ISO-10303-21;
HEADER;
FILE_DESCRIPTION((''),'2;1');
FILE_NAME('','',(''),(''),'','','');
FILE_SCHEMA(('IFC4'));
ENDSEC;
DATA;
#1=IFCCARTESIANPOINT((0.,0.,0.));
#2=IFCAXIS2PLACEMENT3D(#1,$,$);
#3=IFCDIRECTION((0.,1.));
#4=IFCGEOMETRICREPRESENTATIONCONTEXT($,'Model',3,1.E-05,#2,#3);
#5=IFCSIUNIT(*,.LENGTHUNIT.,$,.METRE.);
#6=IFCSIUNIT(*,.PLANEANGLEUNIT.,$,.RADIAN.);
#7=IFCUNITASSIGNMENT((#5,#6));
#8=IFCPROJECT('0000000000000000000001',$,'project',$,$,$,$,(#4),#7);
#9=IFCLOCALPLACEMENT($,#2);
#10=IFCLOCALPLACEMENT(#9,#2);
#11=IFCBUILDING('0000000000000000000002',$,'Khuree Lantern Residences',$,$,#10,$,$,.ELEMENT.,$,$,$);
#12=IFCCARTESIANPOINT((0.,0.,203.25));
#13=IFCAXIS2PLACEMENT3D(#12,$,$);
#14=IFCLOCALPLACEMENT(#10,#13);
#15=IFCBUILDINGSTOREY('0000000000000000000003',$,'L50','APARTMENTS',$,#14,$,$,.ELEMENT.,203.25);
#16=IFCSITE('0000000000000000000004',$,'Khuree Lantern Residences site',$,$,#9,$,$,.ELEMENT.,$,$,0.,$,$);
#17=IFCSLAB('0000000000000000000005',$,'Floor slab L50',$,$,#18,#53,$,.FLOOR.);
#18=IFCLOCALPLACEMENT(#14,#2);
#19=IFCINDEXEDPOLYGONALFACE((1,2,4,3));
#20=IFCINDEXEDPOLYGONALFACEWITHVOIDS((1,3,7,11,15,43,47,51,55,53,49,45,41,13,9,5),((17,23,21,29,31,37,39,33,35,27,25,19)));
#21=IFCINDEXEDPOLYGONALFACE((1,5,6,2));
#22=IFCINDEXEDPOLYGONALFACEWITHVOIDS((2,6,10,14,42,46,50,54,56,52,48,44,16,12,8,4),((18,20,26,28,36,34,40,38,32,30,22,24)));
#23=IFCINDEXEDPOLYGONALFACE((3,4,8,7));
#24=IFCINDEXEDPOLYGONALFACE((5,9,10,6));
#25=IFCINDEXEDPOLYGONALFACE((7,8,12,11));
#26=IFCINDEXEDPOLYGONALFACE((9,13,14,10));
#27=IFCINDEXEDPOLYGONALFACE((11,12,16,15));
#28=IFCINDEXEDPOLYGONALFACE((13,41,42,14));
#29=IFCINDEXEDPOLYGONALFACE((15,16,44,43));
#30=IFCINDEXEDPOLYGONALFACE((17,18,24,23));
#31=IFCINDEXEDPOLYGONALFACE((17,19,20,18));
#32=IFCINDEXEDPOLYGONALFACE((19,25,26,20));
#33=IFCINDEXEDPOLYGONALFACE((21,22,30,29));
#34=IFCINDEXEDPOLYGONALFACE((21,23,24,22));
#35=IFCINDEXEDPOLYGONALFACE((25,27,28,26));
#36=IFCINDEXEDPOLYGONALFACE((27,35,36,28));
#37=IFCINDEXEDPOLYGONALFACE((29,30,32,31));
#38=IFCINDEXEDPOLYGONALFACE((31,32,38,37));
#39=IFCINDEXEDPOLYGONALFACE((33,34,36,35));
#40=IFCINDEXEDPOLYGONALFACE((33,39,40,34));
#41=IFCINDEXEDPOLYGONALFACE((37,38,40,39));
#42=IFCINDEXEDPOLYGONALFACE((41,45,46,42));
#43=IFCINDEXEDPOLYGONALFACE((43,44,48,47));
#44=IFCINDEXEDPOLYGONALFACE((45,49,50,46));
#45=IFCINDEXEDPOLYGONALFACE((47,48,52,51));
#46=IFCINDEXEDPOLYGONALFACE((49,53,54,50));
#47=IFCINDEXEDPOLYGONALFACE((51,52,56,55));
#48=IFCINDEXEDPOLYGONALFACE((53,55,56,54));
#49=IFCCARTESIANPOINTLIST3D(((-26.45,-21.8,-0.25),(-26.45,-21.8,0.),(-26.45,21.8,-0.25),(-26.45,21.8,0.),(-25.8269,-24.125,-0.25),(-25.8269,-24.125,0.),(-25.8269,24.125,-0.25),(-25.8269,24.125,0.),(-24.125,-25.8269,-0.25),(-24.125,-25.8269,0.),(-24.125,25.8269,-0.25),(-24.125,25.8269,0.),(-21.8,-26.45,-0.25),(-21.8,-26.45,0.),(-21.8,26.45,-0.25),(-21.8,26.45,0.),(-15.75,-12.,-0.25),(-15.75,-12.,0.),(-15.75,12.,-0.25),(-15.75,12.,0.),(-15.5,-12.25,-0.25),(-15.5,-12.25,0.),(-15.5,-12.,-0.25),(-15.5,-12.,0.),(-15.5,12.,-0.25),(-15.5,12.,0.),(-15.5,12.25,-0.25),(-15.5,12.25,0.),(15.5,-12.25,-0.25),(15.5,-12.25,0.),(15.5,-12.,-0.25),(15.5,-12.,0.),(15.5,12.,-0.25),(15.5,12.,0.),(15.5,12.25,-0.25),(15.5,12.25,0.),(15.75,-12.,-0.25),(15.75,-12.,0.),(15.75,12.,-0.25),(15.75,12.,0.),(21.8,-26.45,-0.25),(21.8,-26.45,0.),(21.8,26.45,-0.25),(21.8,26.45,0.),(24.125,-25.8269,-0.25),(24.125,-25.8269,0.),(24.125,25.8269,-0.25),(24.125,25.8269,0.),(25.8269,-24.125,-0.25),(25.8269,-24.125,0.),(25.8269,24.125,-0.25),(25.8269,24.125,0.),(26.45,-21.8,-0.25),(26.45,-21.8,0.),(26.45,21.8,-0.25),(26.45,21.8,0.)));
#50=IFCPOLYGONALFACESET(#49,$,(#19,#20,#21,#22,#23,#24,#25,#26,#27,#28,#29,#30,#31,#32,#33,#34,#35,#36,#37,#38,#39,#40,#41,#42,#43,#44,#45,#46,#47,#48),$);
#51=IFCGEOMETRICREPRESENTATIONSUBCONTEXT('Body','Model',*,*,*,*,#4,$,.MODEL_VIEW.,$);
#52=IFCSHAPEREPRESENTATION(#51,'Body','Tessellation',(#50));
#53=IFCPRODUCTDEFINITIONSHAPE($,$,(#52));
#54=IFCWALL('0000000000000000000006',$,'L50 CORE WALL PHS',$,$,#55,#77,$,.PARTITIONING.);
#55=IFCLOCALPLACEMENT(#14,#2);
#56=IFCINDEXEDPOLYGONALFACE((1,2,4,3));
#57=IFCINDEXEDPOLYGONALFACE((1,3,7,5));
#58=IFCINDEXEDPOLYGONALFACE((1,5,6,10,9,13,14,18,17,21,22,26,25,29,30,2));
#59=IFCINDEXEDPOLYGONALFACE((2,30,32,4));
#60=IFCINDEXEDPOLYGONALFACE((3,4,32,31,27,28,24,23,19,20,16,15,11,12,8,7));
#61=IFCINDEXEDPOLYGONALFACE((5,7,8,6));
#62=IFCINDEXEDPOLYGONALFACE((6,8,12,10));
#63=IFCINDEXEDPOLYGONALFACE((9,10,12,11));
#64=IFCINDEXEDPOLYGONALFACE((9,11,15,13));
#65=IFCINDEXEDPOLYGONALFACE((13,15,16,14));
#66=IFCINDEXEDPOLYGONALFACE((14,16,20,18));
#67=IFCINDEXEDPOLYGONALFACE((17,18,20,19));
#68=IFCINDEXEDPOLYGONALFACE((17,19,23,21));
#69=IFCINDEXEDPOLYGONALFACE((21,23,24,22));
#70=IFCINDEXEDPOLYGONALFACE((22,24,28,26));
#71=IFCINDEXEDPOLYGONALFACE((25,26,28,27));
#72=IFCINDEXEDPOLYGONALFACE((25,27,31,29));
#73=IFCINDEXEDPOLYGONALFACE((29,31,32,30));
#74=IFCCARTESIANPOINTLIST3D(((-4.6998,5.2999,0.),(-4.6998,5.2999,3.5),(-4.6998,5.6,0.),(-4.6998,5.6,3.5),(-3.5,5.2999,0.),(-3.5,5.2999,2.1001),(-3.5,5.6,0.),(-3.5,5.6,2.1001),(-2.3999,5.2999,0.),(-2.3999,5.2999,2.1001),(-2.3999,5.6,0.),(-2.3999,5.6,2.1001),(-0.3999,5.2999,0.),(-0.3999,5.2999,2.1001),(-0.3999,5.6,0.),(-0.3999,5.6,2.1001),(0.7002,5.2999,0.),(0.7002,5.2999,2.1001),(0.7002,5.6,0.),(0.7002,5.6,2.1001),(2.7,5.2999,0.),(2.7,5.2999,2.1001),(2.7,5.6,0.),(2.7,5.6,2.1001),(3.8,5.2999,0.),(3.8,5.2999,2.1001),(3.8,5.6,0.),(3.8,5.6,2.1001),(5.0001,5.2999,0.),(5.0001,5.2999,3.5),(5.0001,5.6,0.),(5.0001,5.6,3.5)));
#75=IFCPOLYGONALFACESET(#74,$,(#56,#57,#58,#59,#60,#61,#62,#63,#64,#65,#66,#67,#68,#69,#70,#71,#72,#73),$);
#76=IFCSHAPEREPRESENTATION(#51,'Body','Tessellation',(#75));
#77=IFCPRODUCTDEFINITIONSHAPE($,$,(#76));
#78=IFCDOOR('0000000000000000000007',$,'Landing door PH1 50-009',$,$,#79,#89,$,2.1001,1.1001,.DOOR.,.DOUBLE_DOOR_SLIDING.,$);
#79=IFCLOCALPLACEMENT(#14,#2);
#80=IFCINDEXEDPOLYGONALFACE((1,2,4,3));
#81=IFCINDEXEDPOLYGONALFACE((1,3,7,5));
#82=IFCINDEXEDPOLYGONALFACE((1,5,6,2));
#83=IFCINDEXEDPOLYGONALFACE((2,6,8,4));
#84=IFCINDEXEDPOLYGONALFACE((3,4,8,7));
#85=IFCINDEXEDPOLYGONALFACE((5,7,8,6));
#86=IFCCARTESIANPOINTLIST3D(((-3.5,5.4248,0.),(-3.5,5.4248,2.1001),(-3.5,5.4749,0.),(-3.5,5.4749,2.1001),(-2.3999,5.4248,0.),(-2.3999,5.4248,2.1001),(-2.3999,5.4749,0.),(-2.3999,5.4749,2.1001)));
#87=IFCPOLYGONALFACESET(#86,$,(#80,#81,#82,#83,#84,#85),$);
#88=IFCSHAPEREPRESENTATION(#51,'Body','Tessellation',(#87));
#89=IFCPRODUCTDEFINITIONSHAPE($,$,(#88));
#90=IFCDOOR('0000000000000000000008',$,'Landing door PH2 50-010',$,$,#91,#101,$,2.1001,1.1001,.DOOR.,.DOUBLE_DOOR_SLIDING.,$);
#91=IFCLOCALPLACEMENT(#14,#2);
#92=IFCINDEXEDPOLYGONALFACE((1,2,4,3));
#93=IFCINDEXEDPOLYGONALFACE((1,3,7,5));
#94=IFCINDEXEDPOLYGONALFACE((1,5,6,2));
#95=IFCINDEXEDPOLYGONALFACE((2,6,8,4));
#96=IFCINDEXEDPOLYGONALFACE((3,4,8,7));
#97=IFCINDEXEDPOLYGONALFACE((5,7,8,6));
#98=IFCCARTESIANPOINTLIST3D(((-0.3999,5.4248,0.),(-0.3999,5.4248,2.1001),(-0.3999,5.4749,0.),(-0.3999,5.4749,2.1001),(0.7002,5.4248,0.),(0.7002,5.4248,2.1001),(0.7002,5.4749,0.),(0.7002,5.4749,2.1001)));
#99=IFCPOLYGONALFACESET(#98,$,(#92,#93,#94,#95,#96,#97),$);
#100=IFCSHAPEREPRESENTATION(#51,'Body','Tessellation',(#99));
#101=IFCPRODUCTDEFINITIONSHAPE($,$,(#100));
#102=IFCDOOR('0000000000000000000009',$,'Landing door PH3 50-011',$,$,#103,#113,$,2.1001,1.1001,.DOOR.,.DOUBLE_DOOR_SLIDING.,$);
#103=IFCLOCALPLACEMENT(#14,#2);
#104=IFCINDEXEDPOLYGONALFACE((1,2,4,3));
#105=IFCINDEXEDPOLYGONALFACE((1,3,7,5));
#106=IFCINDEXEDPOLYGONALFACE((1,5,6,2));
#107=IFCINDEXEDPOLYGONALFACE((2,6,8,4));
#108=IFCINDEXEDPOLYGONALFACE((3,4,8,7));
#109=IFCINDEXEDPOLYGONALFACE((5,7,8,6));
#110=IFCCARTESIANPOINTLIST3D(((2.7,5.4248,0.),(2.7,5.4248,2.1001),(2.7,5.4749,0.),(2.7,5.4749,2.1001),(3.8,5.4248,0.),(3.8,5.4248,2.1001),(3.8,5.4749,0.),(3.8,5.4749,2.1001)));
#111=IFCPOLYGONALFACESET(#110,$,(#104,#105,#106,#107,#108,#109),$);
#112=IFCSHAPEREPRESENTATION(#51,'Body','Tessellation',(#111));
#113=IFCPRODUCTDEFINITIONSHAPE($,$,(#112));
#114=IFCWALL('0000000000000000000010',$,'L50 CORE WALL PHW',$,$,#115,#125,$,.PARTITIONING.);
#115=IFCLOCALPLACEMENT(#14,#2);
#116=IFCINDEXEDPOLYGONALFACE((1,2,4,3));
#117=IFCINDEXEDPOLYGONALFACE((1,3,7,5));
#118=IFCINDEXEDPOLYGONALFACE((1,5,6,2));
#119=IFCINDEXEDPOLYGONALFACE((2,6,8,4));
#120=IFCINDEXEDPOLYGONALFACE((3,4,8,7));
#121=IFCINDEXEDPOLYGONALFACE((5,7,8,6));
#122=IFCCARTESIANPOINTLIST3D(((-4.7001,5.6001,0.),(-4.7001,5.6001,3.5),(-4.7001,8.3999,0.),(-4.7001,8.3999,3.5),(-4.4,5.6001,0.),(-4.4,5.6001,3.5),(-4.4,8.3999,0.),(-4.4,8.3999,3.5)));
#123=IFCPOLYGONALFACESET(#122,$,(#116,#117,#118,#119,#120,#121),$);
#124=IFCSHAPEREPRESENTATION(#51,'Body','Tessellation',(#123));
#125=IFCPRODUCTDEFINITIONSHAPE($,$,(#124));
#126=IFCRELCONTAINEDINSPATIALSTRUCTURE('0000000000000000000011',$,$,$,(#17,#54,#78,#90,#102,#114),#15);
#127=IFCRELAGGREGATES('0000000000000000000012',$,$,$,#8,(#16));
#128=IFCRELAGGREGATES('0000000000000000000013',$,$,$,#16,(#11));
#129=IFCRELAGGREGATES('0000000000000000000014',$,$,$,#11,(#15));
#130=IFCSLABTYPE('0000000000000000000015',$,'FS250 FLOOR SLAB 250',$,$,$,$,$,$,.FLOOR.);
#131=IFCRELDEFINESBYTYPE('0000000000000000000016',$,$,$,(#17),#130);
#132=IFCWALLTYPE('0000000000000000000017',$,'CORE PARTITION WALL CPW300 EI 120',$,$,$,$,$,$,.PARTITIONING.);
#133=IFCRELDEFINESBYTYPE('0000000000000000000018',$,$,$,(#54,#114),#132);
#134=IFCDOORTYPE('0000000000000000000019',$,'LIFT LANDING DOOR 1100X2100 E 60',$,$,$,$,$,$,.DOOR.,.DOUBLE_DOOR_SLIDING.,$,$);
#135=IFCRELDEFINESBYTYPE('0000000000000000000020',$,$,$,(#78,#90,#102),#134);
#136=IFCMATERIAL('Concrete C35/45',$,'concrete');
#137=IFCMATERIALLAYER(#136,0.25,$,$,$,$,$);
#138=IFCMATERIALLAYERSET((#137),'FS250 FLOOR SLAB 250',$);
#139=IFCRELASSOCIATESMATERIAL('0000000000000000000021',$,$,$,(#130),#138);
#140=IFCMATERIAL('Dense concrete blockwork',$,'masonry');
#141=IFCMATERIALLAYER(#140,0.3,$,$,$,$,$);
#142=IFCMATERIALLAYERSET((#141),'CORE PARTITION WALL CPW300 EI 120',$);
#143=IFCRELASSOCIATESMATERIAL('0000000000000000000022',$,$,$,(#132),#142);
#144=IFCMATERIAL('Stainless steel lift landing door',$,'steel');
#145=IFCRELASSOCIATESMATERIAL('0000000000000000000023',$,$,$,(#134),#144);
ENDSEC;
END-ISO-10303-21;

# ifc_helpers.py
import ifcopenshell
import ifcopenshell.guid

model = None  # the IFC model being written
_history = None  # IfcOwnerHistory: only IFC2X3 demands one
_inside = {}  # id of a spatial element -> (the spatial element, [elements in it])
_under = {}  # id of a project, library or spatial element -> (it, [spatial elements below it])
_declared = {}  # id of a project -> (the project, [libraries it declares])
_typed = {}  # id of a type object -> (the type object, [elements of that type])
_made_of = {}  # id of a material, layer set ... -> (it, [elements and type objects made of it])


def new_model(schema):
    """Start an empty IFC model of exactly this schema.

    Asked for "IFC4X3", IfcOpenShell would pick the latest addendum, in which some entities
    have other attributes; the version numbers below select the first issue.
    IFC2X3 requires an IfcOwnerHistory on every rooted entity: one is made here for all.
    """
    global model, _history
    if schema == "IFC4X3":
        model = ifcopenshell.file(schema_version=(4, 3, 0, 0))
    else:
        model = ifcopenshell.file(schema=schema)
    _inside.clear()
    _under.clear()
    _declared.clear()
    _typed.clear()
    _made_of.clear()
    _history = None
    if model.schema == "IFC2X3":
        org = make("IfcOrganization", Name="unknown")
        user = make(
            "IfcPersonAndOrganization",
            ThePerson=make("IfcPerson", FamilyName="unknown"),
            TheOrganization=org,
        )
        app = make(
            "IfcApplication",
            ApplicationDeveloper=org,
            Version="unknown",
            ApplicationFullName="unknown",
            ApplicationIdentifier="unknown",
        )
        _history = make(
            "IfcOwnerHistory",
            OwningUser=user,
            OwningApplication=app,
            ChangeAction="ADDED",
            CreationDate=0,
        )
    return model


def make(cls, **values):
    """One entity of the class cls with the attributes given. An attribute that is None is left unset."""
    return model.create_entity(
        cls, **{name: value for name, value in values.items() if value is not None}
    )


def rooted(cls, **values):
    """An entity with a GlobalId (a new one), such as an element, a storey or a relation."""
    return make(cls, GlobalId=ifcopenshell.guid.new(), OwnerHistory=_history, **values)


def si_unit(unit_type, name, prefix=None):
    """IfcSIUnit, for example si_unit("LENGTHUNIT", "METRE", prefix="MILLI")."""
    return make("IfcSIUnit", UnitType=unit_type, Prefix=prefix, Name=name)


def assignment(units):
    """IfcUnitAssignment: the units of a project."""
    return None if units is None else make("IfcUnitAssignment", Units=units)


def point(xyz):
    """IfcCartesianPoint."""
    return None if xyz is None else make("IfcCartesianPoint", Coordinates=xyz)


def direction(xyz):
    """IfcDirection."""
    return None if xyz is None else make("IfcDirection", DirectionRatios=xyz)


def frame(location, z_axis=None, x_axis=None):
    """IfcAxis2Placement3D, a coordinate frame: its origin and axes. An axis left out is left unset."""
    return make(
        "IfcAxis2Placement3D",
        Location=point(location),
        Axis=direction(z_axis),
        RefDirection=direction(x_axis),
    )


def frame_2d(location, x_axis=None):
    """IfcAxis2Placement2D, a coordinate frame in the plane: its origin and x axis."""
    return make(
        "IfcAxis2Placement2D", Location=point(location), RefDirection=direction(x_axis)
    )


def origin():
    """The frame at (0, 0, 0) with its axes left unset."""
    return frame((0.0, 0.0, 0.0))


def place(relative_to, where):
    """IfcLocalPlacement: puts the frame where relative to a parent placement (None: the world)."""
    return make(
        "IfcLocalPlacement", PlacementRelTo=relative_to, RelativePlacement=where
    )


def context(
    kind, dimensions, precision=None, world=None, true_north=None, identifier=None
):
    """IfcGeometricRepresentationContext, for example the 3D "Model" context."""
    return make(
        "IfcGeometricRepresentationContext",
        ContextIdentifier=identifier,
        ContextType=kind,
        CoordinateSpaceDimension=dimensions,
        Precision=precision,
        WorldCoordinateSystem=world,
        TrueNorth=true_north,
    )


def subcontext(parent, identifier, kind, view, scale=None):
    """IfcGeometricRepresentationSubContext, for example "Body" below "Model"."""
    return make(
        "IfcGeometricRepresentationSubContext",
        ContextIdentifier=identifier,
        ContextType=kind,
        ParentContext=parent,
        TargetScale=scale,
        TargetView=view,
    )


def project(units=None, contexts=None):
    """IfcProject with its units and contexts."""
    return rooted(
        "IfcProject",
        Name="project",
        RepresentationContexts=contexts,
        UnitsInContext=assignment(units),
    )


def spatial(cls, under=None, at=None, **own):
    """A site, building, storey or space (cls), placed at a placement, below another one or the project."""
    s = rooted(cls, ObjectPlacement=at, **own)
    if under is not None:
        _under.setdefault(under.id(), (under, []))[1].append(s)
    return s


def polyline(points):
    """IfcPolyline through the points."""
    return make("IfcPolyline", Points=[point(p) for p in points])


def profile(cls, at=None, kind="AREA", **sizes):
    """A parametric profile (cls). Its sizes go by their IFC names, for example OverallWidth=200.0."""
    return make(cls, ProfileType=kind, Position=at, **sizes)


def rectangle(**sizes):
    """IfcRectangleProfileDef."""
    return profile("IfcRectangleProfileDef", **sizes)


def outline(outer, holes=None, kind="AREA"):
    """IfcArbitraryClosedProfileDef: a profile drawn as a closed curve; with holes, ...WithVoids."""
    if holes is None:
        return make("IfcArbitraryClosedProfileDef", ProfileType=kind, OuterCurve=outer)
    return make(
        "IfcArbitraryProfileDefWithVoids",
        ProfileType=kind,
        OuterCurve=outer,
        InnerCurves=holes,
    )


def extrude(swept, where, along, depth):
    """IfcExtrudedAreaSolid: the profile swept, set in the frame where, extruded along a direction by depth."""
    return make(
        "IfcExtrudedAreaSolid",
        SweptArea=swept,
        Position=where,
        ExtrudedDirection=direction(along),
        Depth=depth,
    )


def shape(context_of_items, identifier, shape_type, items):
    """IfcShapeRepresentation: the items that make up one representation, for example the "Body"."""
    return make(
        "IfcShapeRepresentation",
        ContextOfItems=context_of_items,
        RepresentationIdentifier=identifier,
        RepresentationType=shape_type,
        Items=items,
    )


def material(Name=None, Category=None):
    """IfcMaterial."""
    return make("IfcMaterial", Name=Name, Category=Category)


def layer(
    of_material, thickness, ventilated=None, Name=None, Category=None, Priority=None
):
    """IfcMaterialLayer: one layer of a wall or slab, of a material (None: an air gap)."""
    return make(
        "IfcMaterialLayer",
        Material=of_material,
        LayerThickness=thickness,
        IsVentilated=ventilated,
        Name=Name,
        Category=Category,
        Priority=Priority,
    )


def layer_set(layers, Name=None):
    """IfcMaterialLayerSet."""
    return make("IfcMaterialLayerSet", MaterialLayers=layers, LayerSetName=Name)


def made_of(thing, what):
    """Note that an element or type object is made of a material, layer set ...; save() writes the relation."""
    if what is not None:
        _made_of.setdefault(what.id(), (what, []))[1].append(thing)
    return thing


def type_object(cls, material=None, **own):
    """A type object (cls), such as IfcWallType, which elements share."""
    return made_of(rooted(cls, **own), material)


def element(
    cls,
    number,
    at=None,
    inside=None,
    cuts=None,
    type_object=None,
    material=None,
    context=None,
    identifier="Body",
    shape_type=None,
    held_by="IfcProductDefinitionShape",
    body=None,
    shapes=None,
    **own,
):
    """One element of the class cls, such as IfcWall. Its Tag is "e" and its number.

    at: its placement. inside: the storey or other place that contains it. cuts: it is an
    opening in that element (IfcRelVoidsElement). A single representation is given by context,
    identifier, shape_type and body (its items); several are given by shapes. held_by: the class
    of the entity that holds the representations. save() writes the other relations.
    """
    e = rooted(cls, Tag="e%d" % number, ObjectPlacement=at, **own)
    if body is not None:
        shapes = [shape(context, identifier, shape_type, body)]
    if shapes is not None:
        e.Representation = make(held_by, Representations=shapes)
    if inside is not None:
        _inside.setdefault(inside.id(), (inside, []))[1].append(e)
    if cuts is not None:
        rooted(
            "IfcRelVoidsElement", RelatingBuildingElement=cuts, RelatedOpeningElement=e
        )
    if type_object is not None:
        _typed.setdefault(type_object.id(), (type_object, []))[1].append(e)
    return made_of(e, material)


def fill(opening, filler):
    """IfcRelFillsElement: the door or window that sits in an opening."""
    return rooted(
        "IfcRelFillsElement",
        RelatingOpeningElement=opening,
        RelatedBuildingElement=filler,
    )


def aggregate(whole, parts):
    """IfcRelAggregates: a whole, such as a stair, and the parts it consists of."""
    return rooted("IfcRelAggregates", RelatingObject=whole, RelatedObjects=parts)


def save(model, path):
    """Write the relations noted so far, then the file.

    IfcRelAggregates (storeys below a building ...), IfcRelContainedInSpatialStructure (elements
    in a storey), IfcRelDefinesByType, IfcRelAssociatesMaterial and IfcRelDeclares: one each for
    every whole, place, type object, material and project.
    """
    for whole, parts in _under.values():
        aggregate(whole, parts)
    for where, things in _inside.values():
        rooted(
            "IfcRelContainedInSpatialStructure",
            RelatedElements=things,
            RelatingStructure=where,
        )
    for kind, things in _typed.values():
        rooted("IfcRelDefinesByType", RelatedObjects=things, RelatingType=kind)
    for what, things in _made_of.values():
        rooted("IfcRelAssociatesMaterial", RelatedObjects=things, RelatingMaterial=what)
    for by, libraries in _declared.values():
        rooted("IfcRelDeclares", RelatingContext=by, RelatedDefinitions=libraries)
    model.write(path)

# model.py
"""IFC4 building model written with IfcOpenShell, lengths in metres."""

from ifc_helpers import new_model, si_unit, direction, frame, frame_2d, origin, place, context, subcontext, project, spatial, polyline, rectangle, outline, extrude, material, layer, layer_set, type_object, element, fill, save


model = new_model("IFC4")

# Units and contexts
model_context = context("Model", 3, precision=1e-05, world=origin(), true_north=direction((0.0, 1.0)))
body_context = subcontext(model_context, "Body", "Model", "MODEL_VIEW")
ifc_project = project(units=[si_unit("LENGTHUNIT", "METRE"), si_unit("PLANEANGLEUNIT", "RADIAN")], contexts=[model_context])

# Site, building, storey
site_placement = place(None, origin())
site = spatial("IfcSite", under=ifc_project, at=site_placement, Name="Khuree Lantern Residences site", CompositionType="ELEMENT", RefElevation=0.0)
building_placement = place(site_placement, origin())
building = spatial("IfcBuilding", under=site, at=building_placement, Name="Khuree Lantern Residences", CompositionType="ELEMENT")
storey_placement = place(building_placement, frame((0.0, 0.0, 203.25)))
storey = spatial("IfcBuildingStorey", under=building, at=storey_placement, Name="L50", Description="APARTMENTS", CompositionType="ELEMENT", Elevation=203.25)

# Slab
ifc_material_1 = material(Name="Concrete C35/45", Category="concrete")
ifc_layer_1 = layer(ifc_material_1, 0.25)
ifc_layer_set_1 = layer_set([ifc_layer_1], Name="FS250 FLOOR SLAB 250")
slab_type = type_object("IfcSlabType", Name="FS250 FLOOR SLAB 250", PredefinedType="FLOOR", material=ifc_layer_set_1)
slab_placement = place(storey_placement, frame((0.0, 0.0, -0.25)))
element("IfcSlab", 1, at=slab_placement, inside=storey, type_object=slab_type, Name="Floor slab L50", PredefinedType="FLOOR", context=body_context, shape_type="SweptSolid", body=[
    extrude(outline(polyline([(-24.125, -25.8269), (-25.8269, -24.125), (-26.45, -21.8), (-26.45, 21.8), (-25.8269, 24.125), (-24.125, 25.8269), (-21.8, 26.45), (21.8, 26.45), (24.125, 25.8269), (25.8269, 24.125), (26.45, 21.8), (26.45, -21.8), (25.8269, -24.125), (24.125, -25.8269), (21.8, -26.45), (-21.8, -26.45), (-24.125, -25.8269)]), holes=[polyline([(15.75, 12.0), (15.5, 12.0), (15.5, 12.25), (-15.5, 12.25), (-15.5, 12.0), (-15.75, 12.0), (-15.75, -12.0), (-15.5, -12.0), (-15.5, -12.25), (15.5, -12.25), (15.5, -12.0), (15.75, -12.0), (15.75, 12.0)])]), origin(), (0.0, 0.0, 1.0), 0.25),
])

# Wall, openings, doors
ifc_material_2 = material(Name="Dense concrete blockwork", Category="masonry")
ifc_layer_2 = layer(ifc_material_2, 0.3)
ifc_layer_set_2 = layer_set([ifc_layer_2], Name="CORE PARTITION WALL CPW300 EI 120")
wall_type_1 = type_object("IfcWallType", Name="CORE PARTITION WALL CPW300 EI 120", PredefinedType="PARTITIONING", material=ifc_layer_set_2)
wall_1_placement = place(storey_placement, frame((-4.7, 5.45, 0.0), z_axis=(0.0, 0.0, 1.0), x_axis=(1.0, 0.0, 0.0)))
wall_1 = element("IfcWall", 2, at=wall_1_placement, inside=storey, type_object=wall_type_1, Name="L50 CORE WALL PHS", PredefinedType="PARTITIONING", context=body_context, shape_type="SweptSolid", body=[
    extrude(rectangle(XDim=9.7, YDim=0.3, at=frame_2d((4.8501, 0.0))), origin(), (0.0, 0.0, 1.0), 3.5),
])
opening_1_placement = place(wall_1_placement, frame((1.2, 0.0, 0.0)))
opening_1 = element("IfcOpeningElement", 3, at=opening_1_placement, cuts=wall_1, PredefinedType="OPENING", context=body_context, shape_type="SweptSolid", body=[
    extrude(rectangle(XDim=1.1001, YDim=2.1001, at=frame_2d((0.55, 1.05))), frame((0.0, 0.1602, 0.0), z_axis=(0.0, -1.0, 0.0), x_axis=(1.0, 0.0, 0.0)), (0.0, 0.0, 1.0), 0.3201),
])
opening_2_placement = place(wall_1_placement, frame((4.3, 0.0, 0.0)))
opening_2 = element("IfcOpeningElement", 4, at=opening_2_placement, cuts=wall_1, PredefinedType="OPENING", context=body_context, shape_type="SweptSolid", body=[
    extrude(rectangle(XDim=1.1001, YDim=2.1001, at=frame_2d((0.55, 1.05))), frame((0.0, 0.1602, 0.0), z_axis=(0.0, -1.0, 0.0), x_axis=(1.0, 0.0, 0.0)), (0.0, 0.0, 1.0), 0.3201),
])
opening_3_placement = place(wall_1_placement, frame((7.3999, 0.0, 0.0)))
opening_3 = element("IfcOpeningElement", 5, at=opening_3_placement, cuts=wall_1, PredefinedType="OPENING", context=body_context, shape_type="SweptSolid", body=[
    extrude(rectangle(XDim=1.1001, YDim=2.1001, at=frame_2d((0.55, 1.05))), frame((0.0, 0.1602, 0.0), z_axis=(0.0, -1.0, 0.0), x_axis=(1.0, 0.0, 0.0)), (0.0, 0.0, 1.0), 0.3201),
])
ifc_material_3 = material(Name="Stainless steel lift landing door", Category="steel")
door_type_1 = type_object("IfcDoorType", Name="LIFT LANDING DOOR 1100X2100 E 60", OperationType="DOUBLE_DOOR_SLIDING", PredefinedType="DOOR", material=ifc_material_3)
door_1_placement = place(opening_1_placement, origin())
door_1 = element("IfcDoor", 6, at=door_1_placement, inside=storey, type_object=door_type_1, Name="Landing door PH1 50-009", OperationType="DOUBLE_DOOR_SLIDING", OverallHeight=2.1001, OverallWidth=1.1001, PredefinedType="DOOR", context=body_context, shape_type="SweptSolid", body=[
    extrude(rectangle(XDim=1.1001, YDim=2.1001, at=frame_2d((0.55, 1.05))), frame((0.0, 0.0249, 0.0), z_axis=(0.0, -1.0, 0.0), x_axis=(1.0, 0.0, 0.0)), (0.0, 0.0, 1.0), 0.05),
])
fill(opening_1, door_1)
door_2_placement = place(opening_2_placement, origin())
door_2 = element("IfcDoor", 7, at=door_2_placement, inside=storey, type_object=door_type_1, Name="Landing door PH2 50-010", OperationType="DOUBLE_DOOR_SLIDING", OverallHeight=2.1001, OverallWidth=1.1001, PredefinedType="DOOR", context=body_context, shape_type="SweptSolid", body=[
    extrude(rectangle(XDim=1.1001, YDim=2.1001, at=frame_2d((0.55, 1.05))), frame((0.0, 0.0249, 0.0), z_axis=(0.0, -1.0, 0.0), x_axis=(1.0, 0.0, 0.0)), (0.0, 0.0, 1.0), 0.05),
])
fill(opening_2, door_2)
door_3_placement = place(opening_3_placement, origin())
door_3 = element("IfcDoor", 8, at=door_3_placement, inside=storey, type_object=door_type_1, Name="Landing door PH3 50-011", OperationType="DOUBLE_DOOR_SLIDING", OverallHeight=2.1001, OverallWidth=1.1001, PredefinedType="DOOR", context=body_context, shape_type="SweptSolid", body=[
    extrude(rectangle(XDim=1.1001, YDim=2.1001, at=frame_2d((0.55, 1.05))), frame((0.0, 0.0249, 0.0), z_axis=(0.0, -1.0, 0.0), x_axis=(1.0, 0.0, 0.0)), (0.0, 0.0, 1.0), 0.05),
])
fill(opening_3, door_3)

# Wall
wall_2_placement = place(storey_placement, frame((-4.55, 5.6001, 0.0), z_axis=(0.0, 0.0, 1.0), x_axis=(0.0, 1.0, 0.0)))
element("IfcWall", 9, at=wall_2_placement, inside=storey, type_object=wall_type_1, Name="L50 CORE WALL PHW", PredefinedType="PARTITIONING", context=body_context, shape_type="SweptSolid", body=[
    extrude(rectangle(XDim=2.7998, YDim=0.3, at=frame_2d((1.3999, 0.0))), origin(), (0.0, 0.0, 1.0), 3.5),
])

save(model, "model.ifc")
